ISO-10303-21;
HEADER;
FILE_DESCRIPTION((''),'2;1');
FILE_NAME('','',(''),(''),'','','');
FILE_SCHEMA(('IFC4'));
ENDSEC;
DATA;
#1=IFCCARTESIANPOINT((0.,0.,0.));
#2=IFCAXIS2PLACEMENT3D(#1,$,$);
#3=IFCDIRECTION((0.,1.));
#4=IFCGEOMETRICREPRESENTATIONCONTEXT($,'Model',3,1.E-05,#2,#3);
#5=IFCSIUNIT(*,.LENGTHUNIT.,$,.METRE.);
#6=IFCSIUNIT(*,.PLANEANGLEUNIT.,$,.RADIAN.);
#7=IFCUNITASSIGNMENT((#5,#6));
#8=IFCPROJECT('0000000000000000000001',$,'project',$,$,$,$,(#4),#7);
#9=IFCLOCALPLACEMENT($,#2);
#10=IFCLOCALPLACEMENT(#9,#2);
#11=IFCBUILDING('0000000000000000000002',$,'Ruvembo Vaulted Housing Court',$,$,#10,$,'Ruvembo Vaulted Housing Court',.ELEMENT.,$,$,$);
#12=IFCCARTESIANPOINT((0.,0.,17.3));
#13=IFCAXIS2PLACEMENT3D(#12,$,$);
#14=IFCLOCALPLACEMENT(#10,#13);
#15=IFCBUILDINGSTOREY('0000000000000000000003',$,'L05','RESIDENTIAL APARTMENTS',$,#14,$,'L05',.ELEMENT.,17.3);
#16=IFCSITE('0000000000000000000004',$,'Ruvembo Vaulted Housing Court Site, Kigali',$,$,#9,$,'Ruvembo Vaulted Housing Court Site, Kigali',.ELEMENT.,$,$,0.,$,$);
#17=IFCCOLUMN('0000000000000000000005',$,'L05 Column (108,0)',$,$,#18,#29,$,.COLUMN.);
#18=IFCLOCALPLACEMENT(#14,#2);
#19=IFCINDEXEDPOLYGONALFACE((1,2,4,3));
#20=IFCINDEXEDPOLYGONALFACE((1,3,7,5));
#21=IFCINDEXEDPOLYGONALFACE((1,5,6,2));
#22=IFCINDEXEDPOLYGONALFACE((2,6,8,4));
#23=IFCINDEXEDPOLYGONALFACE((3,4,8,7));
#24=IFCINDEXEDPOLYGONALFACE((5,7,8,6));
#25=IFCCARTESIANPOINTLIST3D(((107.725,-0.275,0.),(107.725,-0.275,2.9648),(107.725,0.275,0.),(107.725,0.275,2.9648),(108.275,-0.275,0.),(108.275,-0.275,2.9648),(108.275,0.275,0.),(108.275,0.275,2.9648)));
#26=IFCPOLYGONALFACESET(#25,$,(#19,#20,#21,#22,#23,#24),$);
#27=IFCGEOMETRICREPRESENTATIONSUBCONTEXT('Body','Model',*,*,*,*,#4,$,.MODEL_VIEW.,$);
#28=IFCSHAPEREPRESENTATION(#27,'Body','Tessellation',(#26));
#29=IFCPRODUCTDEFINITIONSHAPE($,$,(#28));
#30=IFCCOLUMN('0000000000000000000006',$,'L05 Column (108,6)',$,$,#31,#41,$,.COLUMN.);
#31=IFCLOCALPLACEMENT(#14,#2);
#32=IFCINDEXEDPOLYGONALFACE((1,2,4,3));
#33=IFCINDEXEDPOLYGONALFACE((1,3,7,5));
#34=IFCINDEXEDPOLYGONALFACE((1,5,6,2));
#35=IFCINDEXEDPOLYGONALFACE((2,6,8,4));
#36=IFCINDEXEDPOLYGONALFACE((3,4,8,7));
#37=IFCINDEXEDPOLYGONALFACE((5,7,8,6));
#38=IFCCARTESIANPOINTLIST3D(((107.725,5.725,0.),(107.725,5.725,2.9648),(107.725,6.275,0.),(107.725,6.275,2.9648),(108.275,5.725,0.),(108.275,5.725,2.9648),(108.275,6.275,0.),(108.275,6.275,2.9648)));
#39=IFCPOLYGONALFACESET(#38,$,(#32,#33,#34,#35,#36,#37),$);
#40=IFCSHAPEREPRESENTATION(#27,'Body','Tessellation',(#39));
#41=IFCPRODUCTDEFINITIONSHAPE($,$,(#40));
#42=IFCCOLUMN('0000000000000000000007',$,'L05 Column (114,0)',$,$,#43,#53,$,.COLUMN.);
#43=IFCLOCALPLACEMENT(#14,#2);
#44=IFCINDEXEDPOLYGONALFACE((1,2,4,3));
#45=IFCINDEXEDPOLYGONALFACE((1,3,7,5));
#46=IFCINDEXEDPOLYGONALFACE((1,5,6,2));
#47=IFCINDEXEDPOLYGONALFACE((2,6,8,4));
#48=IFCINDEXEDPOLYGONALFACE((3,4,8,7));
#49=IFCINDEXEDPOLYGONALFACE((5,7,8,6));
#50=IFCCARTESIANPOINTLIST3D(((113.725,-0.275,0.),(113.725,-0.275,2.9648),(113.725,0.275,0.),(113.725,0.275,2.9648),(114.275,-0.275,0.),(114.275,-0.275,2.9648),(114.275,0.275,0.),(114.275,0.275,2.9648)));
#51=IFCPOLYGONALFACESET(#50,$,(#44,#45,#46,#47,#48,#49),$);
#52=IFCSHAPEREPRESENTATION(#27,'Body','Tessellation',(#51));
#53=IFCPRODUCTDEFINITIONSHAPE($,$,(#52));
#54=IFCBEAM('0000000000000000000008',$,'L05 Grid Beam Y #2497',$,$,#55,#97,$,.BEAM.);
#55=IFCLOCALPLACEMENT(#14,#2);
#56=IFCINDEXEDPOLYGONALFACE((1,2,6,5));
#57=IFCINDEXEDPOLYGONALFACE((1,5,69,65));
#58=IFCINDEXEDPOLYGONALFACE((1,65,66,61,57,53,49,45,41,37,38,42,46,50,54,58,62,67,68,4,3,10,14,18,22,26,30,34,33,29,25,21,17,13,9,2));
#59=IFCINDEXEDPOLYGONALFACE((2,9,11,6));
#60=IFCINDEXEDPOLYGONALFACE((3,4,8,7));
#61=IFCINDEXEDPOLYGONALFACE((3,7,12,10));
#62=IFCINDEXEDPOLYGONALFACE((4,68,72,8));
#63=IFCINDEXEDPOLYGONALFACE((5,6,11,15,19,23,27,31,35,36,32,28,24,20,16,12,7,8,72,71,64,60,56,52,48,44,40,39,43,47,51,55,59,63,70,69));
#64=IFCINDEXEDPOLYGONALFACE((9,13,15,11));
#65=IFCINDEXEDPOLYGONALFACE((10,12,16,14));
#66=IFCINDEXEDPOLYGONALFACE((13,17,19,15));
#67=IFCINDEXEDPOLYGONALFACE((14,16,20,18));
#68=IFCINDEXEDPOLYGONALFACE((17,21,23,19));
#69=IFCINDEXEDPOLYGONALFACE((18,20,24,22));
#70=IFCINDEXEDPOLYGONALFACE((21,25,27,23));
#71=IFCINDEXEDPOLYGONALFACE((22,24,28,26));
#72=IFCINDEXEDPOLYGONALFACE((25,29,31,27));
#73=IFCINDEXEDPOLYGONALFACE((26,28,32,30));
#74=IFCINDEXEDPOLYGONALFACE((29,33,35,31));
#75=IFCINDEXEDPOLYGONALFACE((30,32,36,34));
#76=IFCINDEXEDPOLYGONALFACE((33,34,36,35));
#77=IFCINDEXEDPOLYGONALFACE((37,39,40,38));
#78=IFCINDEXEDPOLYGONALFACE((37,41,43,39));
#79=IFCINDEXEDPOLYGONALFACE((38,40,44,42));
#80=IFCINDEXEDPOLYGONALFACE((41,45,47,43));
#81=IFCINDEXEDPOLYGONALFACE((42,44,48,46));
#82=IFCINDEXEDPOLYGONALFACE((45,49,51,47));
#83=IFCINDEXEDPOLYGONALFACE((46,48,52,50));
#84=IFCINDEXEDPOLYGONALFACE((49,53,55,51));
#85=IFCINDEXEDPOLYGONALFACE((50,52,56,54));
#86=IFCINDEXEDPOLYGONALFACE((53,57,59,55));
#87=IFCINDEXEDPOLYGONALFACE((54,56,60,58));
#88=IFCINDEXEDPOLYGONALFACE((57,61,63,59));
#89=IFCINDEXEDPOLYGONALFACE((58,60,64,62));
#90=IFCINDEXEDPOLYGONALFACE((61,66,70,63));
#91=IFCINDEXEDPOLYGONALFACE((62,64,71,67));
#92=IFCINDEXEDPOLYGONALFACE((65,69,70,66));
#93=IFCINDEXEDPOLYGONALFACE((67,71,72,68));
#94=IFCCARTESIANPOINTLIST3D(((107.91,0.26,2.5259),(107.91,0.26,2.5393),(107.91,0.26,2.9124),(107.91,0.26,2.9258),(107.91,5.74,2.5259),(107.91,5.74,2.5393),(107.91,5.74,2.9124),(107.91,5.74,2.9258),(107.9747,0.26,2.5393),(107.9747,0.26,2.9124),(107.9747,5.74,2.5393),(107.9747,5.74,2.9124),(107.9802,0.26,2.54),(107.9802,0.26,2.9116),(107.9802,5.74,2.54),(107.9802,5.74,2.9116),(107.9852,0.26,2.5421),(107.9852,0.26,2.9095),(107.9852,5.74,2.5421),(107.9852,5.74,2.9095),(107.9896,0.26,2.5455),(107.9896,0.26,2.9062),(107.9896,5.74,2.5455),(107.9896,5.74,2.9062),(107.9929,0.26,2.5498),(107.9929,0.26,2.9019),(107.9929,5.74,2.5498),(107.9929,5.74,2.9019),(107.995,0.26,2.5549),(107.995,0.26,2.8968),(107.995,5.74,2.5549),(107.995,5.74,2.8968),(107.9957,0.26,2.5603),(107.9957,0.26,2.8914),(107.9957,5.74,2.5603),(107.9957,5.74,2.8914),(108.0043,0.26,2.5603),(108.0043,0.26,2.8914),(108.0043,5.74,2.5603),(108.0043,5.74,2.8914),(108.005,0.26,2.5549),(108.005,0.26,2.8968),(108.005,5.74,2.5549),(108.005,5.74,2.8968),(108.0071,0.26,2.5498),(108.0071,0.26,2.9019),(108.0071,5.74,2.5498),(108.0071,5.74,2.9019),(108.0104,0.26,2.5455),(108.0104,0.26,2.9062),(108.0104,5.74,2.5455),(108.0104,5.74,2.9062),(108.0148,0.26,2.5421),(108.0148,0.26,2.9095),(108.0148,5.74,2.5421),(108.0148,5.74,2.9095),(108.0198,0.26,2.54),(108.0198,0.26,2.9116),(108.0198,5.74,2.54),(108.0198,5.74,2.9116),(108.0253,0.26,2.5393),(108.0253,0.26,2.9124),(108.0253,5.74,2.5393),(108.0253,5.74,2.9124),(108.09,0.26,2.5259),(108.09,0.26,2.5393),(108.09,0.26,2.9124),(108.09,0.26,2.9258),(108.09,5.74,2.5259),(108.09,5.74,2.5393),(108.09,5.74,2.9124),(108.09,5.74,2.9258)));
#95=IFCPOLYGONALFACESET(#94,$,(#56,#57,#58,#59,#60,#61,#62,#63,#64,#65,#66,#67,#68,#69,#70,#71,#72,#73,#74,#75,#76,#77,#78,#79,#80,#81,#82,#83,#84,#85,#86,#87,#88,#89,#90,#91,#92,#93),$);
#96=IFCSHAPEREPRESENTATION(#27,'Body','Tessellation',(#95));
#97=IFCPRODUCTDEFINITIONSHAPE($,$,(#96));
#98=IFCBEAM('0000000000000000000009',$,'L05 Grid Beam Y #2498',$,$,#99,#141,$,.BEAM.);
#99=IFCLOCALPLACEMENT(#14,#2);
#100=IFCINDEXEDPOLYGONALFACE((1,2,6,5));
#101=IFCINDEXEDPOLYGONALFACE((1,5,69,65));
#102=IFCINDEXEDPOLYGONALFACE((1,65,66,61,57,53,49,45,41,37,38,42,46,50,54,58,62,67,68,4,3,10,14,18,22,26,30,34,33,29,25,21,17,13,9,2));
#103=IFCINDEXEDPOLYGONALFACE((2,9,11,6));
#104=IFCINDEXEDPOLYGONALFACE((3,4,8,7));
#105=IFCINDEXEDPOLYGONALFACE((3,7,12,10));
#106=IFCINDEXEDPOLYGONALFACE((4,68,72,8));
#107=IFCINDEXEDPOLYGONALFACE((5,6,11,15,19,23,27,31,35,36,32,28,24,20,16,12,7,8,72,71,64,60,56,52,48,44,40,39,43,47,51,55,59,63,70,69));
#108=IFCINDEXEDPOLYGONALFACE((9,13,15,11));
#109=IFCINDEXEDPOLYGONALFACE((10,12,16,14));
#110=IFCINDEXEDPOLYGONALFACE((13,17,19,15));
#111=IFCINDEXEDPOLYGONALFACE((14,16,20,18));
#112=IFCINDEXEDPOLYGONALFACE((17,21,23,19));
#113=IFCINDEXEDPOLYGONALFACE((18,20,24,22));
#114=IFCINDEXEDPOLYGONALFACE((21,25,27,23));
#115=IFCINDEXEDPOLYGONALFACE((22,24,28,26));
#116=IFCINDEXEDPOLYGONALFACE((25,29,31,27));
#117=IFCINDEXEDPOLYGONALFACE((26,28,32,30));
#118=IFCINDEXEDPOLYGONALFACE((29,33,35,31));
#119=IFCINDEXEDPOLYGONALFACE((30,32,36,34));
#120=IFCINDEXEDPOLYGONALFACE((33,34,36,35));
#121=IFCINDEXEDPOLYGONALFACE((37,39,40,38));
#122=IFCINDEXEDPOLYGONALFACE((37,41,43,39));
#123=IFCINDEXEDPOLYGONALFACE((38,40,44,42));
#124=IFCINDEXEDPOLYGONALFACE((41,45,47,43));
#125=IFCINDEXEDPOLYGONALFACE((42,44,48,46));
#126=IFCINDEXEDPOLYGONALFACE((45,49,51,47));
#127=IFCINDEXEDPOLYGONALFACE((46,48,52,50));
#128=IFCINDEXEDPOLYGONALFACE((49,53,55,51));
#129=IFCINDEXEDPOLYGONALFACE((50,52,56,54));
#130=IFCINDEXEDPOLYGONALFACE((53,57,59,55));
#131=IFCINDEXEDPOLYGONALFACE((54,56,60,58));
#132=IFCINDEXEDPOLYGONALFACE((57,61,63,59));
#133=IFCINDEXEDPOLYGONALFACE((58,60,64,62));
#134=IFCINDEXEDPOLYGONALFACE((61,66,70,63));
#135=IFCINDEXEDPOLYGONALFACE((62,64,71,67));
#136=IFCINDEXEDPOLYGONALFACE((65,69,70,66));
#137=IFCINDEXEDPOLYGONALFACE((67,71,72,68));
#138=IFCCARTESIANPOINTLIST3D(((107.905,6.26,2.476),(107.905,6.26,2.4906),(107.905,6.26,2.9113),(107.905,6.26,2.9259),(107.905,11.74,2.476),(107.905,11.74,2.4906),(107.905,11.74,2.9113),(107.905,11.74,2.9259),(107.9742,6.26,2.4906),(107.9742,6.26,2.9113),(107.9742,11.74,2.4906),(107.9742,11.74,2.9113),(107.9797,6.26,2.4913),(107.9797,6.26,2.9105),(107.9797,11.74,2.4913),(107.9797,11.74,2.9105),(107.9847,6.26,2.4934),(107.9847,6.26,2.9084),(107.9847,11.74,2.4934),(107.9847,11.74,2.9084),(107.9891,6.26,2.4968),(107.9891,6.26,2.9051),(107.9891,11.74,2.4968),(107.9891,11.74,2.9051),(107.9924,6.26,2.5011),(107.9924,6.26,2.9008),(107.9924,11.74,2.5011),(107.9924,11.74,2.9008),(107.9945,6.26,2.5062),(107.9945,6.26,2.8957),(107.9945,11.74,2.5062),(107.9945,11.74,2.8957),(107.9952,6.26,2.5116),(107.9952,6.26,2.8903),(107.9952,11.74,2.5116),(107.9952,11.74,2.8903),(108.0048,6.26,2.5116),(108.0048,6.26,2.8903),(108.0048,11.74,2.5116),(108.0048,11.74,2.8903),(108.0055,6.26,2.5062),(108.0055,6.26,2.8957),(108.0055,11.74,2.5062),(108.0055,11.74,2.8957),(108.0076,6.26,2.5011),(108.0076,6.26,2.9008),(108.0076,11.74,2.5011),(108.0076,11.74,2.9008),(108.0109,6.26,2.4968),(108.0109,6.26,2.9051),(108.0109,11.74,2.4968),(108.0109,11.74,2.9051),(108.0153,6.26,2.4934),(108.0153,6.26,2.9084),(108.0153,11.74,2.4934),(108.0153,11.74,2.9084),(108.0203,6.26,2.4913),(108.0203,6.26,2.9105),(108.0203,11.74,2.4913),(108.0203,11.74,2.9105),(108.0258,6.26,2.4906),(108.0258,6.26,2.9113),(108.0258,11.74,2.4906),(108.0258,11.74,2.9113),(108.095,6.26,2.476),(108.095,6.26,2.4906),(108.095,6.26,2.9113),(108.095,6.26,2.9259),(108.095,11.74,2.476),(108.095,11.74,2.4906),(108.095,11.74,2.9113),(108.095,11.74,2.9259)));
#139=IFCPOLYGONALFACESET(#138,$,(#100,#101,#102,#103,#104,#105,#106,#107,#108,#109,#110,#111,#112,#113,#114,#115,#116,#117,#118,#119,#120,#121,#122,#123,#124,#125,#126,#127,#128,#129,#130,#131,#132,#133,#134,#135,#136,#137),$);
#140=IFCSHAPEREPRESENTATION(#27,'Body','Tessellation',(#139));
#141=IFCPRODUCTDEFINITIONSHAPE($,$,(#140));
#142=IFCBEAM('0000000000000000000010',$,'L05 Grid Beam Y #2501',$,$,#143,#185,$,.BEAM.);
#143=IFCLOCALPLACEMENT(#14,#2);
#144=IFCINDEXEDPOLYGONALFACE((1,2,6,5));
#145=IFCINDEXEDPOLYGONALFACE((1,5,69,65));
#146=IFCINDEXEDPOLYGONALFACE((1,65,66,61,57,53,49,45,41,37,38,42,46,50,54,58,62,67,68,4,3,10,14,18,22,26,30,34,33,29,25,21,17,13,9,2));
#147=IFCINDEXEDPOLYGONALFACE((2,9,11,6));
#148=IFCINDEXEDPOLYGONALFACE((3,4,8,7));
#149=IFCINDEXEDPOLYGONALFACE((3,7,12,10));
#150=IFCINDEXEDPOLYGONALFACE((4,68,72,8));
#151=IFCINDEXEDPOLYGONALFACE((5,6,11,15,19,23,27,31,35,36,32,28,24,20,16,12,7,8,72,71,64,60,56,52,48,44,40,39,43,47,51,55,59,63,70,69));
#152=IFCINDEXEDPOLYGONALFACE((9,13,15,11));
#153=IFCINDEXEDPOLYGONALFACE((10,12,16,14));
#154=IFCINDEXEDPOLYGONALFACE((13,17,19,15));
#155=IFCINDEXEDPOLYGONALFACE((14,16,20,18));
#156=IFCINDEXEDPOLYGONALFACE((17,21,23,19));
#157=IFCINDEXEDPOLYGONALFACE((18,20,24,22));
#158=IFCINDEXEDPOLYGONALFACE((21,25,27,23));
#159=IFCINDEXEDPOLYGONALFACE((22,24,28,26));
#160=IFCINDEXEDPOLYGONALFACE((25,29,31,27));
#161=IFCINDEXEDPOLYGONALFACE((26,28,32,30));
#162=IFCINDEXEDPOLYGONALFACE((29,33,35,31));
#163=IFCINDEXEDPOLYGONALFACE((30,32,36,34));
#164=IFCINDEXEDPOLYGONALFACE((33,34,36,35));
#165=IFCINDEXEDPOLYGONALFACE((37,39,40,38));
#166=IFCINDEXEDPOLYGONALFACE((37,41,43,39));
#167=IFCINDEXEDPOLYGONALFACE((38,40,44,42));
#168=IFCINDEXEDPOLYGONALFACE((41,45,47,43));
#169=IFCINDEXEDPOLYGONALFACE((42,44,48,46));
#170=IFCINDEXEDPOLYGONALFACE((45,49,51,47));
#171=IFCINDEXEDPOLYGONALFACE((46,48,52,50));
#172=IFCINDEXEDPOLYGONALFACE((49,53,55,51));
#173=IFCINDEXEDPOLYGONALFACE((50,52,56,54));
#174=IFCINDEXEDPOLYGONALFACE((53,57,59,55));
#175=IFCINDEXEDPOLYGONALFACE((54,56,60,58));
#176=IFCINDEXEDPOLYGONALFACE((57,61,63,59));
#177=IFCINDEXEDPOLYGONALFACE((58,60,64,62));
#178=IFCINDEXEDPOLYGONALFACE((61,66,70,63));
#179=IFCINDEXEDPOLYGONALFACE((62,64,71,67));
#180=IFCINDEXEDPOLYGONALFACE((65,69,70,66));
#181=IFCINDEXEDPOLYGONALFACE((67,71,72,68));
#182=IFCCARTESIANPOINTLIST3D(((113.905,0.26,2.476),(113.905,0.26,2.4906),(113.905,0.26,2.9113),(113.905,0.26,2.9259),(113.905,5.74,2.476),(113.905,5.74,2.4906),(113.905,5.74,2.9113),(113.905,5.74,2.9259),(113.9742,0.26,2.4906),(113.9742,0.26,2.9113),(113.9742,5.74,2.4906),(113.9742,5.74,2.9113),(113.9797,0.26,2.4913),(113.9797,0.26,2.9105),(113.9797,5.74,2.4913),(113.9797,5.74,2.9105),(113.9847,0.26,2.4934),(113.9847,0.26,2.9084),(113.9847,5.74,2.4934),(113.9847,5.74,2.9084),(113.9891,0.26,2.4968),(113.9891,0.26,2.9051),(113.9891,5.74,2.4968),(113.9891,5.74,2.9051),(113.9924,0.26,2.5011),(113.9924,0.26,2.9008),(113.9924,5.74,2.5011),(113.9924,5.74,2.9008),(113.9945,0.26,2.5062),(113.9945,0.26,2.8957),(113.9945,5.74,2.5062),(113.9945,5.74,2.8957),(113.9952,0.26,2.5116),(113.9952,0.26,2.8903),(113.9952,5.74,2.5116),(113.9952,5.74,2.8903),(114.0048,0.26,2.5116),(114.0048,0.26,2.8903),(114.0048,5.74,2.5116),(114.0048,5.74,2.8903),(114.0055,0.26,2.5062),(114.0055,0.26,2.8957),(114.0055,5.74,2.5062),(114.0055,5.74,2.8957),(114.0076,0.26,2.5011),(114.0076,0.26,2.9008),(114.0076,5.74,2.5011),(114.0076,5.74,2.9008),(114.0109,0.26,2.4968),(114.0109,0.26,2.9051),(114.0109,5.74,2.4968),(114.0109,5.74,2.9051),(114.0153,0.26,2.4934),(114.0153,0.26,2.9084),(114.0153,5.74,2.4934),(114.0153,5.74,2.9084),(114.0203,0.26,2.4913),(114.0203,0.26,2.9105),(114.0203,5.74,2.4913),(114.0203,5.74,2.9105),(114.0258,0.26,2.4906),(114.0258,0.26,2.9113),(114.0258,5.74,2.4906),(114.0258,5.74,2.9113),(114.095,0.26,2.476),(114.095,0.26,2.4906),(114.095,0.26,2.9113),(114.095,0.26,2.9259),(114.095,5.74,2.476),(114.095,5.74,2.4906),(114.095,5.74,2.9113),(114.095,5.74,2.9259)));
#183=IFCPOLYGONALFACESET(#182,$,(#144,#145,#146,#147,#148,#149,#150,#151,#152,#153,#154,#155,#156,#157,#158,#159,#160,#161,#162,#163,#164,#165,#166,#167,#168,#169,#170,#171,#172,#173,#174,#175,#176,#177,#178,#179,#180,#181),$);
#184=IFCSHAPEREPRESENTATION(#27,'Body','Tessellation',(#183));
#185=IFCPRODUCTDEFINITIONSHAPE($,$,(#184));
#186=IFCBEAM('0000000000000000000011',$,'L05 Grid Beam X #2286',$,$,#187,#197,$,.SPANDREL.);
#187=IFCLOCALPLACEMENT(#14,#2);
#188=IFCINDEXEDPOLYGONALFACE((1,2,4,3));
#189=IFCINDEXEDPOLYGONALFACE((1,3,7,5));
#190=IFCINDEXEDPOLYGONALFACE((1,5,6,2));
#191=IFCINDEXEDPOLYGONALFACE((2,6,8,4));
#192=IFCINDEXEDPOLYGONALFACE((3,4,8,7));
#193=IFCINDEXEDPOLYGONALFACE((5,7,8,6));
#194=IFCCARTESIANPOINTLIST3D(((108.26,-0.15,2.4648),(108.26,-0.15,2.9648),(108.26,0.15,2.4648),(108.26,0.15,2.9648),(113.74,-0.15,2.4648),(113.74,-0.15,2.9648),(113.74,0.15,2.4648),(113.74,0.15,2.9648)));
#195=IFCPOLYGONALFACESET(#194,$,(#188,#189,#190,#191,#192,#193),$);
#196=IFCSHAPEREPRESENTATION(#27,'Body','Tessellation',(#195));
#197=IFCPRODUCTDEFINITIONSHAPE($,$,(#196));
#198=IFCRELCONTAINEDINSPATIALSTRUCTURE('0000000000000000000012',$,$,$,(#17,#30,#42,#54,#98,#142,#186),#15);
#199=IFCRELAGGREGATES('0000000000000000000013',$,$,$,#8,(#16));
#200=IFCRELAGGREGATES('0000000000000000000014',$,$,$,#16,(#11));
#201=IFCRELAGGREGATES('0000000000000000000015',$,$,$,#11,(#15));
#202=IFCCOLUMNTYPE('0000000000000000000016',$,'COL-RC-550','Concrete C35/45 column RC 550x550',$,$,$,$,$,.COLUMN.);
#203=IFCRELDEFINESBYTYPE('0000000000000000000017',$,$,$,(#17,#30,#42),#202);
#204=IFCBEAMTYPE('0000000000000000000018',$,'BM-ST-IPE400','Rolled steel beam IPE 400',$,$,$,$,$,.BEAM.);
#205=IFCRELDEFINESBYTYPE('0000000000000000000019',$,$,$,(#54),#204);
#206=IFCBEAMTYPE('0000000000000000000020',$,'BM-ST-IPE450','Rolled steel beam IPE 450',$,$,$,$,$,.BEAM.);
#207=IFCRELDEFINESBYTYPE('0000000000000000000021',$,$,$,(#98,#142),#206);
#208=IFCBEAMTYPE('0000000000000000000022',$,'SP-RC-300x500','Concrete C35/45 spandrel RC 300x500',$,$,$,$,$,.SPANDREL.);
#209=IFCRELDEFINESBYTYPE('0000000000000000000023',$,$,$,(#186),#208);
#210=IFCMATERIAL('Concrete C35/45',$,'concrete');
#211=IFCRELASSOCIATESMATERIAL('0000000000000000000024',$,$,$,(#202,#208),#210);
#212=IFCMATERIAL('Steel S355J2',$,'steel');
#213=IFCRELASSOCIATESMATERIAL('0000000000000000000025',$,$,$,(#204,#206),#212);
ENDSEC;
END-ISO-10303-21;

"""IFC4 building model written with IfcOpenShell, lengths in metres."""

from ifc_helpers import new_model, si_unit, direction, frame, origin, origin_2d, place, context, subcontext, project, spatial, rectangle, i_section, extrude, material, material_profile, profile_set, type_object, element, save


model = new_model("IFC4")

# Units and contexts
model_context = context("Model", 3, precision=1e-05, world=origin(), true_north=direction((0.0, 1.0)))
body_context = subcontext(model_context, "Body", "Model", "MODEL_VIEW")
ifc_project = project(units=[si_unit("LENGTHUNIT", "METRE"), si_unit("PLANEANGLEUNIT", "RADIAN")], contexts=[model_context])

# Site, building, storey
site_placement = place(None, origin())
site = spatial("IfcSite", under=ifc_project, at=site_placement, Name="Ruvembo Vaulted Housing Court Site, Kigali", LongName="Ruvembo Vaulted Housing Court Site, Kigali", CompositionType="ELEMENT", RefElevation=0.0)
building_placement = place(site_placement, origin())
building = spatial("IfcBuilding", under=site, at=building_placement, Name="Ruvembo Vaulted Housing Court", LongName="Ruvembo Vaulted Housing Court", CompositionType="ELEMENT")
storey_placement = place(building_placement, frame((0.0, 0.0, 17.3)))
storey = spatial("IfcBuildingStorey", under=building, at=storey_placement, Name="L05", Description="RESIDENTIAL APARTMENTS", LongName="L05", CompositionType="ELEMENT", Elevation=17.3)

# Columns
ifc_material_1 = material(Name="Concrete C35/45", Category="concrete")
ifc_material_profile_1 = material_profile(ifc_material_1, rectangle(XDim=0.55, YDim=0.55, at=origin_2d()), Name="RC 550x550")
ifc_profile_set_1 = profile_set([ifc_material_profile_1], Name="Concrete C35/45")
column_type = type_object("IfcColumnType", Name="COL-RC-550", Description="Concrete C35/45 column RC 550x550", PredefinedType="COLUMN", material=ifc_profile_set_1)
for number, where, z_axis, x_axis, name in (
    (1, (108.0, 0.0, 0.0), (0.0, 0.0, 1.0), (1.0, 0.0, 0.0), "L05 Column (108,0)"),
    (2, (108.0, 6.0, 0.0), (0.0, 0.0, 1.0), (1.0, 0.0, 0.0), "L05 Column (108,6)"),
    (3, (114.0, 0.0, 0.0), (0.0, 0.0, 1.0), (1.0, 0.0, 0.0), "L05 Column (114,0)"),
):
    element("IfcColumn", number, at=place(storey_placement, frame(where, z_axis=z_axis, x_axis=x_axis)), inside=storey, type_object=column_type, Name=name, PredefinedType="COLUMN", context=body_context, shape_type="SweptSolid", body=[
        extrude(rectangle(XDim=0.55, YDim=0.55, at=origin_2d()), origin(), (0.0, 0.0, 1.0), 2.9648),
    ])

# Beams
ifc_material_2 = material(Name="Steel S355J2", Category="steel")
ifc_material_profile_2 = material_profile(ifc_material_2, i_section(OverallWidth=0.1799, OverallDepth=0.3999, WebThickness=0.0085, FlangeThickness=0.0134, FilletRadius=0.021, at=origin_2d()), Name="IPE 400")
ifc_profile_set_2 = profile_set([ifc_material_profile_2], Name="Steel S355J2")
beam_type_1 = type_object("IfcBeamType", Name="BM-ST-IPE400", Description="Rolled steel beam IPE 400", PredefinedType="BEAM", material=ifc_profile_set_2)
beam_placement = place(storey_placement, frame((108.0, 0.26, 2.7258), z_axis=(0.0, 1.0, 0.0), x_axis=(-1.0, 0.0, 0.0)))
element("IfcBeam", 4, at=beam_placement, inside=storey, type_object=beam_type_1, Name="L05 Grid Beam Y #2497", PredefinedType="BEAM", context=body_context, shape_type="SweptSolid", body=[
    extrude(i_section(OverallWidth=0.1799, OverallDepth=0.3999, WebThickness=0.0085, FlangeThickness=0.0134, FilletRadius=0.021, at=origin_2d()), origin(), (0.0, 0.0, 1.0), 5.48),
])
ifc_material_profile_3 = material_profile(ifc_material_2, i_section(OverallWidth=0.1899, OverallDepth=0.45, WebThickness=0.0095, FlangeThickness=0.0146, FilletRadius=0.021, at=origin_2d()), Name="IPE 450")
ifc_profile_set_3 = profile_set([ifc_material_profile_3], Name="Steel S355J2")
beam_type_2 = type_object("IfcBeamType", Name="BM-ST-IPE450", Description="Rolled steel beam IPE 450", PredefinedType="BEAM", material=ifc_profile_set_3)
for number, where, z_axis, x_axis, name in (
    (5, (108.0, 6.26, 2.7009), (0.0, 1.0, 0.0), (-1.0, 0.0, 0.0), "L05 Grid Beam Y #2498"),
    (6, (114.0, 0.26, 2.7009), (0.0, 1.0, 0.0), (-1.0, 0.0, 0.0), "L05 Grid Beam Y #2501"),
):
    element("IfcBeam", number, at=place(storey_placement, frame(where, z_axis=z_axis, x_axis=x_axis)), inside=storey, type_object=beam_type_2, Name=name, PredefinedType="BEAM", context=body_context, shape_type="SweptSolid", body=[
        extrude(i_section(OverallWidth=0.1899, OverallDepth=0.45, WebThickness=0.0095, FlangeThickness=0.0146, FilletRadius=0.021, at=origin_2d()), origin(), (0.0, 0.0, 1.0), 5.48),
    ])
ifc_material_profile_4 = material_profile(ifc_material_1, rectangle(XDim=0.3, YDim=0.5, at=origin_2d()), Name="RC 300x500")
ifc_profile_set_4 = profile_set([ifc_material_profile_4], Name="Concrete C35/45")
beam_type_3 = type_object("IfcBeamType", Name="SP-RC-300x500", Description="Concrete C35/45 spandrel RC 300x500", PredefinedType="SPANDREL", material=ifc_profile_set_4)
for number, where, z_axis, x_axis, name in (
    (7, (108.26, 0.0, 2.7148), (1.0, 0.0, 0.0), (0.0, 1.0, 0.0), "L05 Grid Beam X #2286"),
):
    element("IfcBeam", number, at=place(storey_placement, frame(where, z_axis=z_axis, x_axis=x_axis)), inside=storey, type_object=beam_type_3, Name=name, PredefinedType="SPANDREL", context=body_context, shape_type="SweptSolid", body=[
        extrude(rectangle(XDim=0.3, YDim=0.5, at=origin_2d()), origin(), (0.0, 0.0, 1.0), 5.48),
    ])

save(model, "model.ifc")
